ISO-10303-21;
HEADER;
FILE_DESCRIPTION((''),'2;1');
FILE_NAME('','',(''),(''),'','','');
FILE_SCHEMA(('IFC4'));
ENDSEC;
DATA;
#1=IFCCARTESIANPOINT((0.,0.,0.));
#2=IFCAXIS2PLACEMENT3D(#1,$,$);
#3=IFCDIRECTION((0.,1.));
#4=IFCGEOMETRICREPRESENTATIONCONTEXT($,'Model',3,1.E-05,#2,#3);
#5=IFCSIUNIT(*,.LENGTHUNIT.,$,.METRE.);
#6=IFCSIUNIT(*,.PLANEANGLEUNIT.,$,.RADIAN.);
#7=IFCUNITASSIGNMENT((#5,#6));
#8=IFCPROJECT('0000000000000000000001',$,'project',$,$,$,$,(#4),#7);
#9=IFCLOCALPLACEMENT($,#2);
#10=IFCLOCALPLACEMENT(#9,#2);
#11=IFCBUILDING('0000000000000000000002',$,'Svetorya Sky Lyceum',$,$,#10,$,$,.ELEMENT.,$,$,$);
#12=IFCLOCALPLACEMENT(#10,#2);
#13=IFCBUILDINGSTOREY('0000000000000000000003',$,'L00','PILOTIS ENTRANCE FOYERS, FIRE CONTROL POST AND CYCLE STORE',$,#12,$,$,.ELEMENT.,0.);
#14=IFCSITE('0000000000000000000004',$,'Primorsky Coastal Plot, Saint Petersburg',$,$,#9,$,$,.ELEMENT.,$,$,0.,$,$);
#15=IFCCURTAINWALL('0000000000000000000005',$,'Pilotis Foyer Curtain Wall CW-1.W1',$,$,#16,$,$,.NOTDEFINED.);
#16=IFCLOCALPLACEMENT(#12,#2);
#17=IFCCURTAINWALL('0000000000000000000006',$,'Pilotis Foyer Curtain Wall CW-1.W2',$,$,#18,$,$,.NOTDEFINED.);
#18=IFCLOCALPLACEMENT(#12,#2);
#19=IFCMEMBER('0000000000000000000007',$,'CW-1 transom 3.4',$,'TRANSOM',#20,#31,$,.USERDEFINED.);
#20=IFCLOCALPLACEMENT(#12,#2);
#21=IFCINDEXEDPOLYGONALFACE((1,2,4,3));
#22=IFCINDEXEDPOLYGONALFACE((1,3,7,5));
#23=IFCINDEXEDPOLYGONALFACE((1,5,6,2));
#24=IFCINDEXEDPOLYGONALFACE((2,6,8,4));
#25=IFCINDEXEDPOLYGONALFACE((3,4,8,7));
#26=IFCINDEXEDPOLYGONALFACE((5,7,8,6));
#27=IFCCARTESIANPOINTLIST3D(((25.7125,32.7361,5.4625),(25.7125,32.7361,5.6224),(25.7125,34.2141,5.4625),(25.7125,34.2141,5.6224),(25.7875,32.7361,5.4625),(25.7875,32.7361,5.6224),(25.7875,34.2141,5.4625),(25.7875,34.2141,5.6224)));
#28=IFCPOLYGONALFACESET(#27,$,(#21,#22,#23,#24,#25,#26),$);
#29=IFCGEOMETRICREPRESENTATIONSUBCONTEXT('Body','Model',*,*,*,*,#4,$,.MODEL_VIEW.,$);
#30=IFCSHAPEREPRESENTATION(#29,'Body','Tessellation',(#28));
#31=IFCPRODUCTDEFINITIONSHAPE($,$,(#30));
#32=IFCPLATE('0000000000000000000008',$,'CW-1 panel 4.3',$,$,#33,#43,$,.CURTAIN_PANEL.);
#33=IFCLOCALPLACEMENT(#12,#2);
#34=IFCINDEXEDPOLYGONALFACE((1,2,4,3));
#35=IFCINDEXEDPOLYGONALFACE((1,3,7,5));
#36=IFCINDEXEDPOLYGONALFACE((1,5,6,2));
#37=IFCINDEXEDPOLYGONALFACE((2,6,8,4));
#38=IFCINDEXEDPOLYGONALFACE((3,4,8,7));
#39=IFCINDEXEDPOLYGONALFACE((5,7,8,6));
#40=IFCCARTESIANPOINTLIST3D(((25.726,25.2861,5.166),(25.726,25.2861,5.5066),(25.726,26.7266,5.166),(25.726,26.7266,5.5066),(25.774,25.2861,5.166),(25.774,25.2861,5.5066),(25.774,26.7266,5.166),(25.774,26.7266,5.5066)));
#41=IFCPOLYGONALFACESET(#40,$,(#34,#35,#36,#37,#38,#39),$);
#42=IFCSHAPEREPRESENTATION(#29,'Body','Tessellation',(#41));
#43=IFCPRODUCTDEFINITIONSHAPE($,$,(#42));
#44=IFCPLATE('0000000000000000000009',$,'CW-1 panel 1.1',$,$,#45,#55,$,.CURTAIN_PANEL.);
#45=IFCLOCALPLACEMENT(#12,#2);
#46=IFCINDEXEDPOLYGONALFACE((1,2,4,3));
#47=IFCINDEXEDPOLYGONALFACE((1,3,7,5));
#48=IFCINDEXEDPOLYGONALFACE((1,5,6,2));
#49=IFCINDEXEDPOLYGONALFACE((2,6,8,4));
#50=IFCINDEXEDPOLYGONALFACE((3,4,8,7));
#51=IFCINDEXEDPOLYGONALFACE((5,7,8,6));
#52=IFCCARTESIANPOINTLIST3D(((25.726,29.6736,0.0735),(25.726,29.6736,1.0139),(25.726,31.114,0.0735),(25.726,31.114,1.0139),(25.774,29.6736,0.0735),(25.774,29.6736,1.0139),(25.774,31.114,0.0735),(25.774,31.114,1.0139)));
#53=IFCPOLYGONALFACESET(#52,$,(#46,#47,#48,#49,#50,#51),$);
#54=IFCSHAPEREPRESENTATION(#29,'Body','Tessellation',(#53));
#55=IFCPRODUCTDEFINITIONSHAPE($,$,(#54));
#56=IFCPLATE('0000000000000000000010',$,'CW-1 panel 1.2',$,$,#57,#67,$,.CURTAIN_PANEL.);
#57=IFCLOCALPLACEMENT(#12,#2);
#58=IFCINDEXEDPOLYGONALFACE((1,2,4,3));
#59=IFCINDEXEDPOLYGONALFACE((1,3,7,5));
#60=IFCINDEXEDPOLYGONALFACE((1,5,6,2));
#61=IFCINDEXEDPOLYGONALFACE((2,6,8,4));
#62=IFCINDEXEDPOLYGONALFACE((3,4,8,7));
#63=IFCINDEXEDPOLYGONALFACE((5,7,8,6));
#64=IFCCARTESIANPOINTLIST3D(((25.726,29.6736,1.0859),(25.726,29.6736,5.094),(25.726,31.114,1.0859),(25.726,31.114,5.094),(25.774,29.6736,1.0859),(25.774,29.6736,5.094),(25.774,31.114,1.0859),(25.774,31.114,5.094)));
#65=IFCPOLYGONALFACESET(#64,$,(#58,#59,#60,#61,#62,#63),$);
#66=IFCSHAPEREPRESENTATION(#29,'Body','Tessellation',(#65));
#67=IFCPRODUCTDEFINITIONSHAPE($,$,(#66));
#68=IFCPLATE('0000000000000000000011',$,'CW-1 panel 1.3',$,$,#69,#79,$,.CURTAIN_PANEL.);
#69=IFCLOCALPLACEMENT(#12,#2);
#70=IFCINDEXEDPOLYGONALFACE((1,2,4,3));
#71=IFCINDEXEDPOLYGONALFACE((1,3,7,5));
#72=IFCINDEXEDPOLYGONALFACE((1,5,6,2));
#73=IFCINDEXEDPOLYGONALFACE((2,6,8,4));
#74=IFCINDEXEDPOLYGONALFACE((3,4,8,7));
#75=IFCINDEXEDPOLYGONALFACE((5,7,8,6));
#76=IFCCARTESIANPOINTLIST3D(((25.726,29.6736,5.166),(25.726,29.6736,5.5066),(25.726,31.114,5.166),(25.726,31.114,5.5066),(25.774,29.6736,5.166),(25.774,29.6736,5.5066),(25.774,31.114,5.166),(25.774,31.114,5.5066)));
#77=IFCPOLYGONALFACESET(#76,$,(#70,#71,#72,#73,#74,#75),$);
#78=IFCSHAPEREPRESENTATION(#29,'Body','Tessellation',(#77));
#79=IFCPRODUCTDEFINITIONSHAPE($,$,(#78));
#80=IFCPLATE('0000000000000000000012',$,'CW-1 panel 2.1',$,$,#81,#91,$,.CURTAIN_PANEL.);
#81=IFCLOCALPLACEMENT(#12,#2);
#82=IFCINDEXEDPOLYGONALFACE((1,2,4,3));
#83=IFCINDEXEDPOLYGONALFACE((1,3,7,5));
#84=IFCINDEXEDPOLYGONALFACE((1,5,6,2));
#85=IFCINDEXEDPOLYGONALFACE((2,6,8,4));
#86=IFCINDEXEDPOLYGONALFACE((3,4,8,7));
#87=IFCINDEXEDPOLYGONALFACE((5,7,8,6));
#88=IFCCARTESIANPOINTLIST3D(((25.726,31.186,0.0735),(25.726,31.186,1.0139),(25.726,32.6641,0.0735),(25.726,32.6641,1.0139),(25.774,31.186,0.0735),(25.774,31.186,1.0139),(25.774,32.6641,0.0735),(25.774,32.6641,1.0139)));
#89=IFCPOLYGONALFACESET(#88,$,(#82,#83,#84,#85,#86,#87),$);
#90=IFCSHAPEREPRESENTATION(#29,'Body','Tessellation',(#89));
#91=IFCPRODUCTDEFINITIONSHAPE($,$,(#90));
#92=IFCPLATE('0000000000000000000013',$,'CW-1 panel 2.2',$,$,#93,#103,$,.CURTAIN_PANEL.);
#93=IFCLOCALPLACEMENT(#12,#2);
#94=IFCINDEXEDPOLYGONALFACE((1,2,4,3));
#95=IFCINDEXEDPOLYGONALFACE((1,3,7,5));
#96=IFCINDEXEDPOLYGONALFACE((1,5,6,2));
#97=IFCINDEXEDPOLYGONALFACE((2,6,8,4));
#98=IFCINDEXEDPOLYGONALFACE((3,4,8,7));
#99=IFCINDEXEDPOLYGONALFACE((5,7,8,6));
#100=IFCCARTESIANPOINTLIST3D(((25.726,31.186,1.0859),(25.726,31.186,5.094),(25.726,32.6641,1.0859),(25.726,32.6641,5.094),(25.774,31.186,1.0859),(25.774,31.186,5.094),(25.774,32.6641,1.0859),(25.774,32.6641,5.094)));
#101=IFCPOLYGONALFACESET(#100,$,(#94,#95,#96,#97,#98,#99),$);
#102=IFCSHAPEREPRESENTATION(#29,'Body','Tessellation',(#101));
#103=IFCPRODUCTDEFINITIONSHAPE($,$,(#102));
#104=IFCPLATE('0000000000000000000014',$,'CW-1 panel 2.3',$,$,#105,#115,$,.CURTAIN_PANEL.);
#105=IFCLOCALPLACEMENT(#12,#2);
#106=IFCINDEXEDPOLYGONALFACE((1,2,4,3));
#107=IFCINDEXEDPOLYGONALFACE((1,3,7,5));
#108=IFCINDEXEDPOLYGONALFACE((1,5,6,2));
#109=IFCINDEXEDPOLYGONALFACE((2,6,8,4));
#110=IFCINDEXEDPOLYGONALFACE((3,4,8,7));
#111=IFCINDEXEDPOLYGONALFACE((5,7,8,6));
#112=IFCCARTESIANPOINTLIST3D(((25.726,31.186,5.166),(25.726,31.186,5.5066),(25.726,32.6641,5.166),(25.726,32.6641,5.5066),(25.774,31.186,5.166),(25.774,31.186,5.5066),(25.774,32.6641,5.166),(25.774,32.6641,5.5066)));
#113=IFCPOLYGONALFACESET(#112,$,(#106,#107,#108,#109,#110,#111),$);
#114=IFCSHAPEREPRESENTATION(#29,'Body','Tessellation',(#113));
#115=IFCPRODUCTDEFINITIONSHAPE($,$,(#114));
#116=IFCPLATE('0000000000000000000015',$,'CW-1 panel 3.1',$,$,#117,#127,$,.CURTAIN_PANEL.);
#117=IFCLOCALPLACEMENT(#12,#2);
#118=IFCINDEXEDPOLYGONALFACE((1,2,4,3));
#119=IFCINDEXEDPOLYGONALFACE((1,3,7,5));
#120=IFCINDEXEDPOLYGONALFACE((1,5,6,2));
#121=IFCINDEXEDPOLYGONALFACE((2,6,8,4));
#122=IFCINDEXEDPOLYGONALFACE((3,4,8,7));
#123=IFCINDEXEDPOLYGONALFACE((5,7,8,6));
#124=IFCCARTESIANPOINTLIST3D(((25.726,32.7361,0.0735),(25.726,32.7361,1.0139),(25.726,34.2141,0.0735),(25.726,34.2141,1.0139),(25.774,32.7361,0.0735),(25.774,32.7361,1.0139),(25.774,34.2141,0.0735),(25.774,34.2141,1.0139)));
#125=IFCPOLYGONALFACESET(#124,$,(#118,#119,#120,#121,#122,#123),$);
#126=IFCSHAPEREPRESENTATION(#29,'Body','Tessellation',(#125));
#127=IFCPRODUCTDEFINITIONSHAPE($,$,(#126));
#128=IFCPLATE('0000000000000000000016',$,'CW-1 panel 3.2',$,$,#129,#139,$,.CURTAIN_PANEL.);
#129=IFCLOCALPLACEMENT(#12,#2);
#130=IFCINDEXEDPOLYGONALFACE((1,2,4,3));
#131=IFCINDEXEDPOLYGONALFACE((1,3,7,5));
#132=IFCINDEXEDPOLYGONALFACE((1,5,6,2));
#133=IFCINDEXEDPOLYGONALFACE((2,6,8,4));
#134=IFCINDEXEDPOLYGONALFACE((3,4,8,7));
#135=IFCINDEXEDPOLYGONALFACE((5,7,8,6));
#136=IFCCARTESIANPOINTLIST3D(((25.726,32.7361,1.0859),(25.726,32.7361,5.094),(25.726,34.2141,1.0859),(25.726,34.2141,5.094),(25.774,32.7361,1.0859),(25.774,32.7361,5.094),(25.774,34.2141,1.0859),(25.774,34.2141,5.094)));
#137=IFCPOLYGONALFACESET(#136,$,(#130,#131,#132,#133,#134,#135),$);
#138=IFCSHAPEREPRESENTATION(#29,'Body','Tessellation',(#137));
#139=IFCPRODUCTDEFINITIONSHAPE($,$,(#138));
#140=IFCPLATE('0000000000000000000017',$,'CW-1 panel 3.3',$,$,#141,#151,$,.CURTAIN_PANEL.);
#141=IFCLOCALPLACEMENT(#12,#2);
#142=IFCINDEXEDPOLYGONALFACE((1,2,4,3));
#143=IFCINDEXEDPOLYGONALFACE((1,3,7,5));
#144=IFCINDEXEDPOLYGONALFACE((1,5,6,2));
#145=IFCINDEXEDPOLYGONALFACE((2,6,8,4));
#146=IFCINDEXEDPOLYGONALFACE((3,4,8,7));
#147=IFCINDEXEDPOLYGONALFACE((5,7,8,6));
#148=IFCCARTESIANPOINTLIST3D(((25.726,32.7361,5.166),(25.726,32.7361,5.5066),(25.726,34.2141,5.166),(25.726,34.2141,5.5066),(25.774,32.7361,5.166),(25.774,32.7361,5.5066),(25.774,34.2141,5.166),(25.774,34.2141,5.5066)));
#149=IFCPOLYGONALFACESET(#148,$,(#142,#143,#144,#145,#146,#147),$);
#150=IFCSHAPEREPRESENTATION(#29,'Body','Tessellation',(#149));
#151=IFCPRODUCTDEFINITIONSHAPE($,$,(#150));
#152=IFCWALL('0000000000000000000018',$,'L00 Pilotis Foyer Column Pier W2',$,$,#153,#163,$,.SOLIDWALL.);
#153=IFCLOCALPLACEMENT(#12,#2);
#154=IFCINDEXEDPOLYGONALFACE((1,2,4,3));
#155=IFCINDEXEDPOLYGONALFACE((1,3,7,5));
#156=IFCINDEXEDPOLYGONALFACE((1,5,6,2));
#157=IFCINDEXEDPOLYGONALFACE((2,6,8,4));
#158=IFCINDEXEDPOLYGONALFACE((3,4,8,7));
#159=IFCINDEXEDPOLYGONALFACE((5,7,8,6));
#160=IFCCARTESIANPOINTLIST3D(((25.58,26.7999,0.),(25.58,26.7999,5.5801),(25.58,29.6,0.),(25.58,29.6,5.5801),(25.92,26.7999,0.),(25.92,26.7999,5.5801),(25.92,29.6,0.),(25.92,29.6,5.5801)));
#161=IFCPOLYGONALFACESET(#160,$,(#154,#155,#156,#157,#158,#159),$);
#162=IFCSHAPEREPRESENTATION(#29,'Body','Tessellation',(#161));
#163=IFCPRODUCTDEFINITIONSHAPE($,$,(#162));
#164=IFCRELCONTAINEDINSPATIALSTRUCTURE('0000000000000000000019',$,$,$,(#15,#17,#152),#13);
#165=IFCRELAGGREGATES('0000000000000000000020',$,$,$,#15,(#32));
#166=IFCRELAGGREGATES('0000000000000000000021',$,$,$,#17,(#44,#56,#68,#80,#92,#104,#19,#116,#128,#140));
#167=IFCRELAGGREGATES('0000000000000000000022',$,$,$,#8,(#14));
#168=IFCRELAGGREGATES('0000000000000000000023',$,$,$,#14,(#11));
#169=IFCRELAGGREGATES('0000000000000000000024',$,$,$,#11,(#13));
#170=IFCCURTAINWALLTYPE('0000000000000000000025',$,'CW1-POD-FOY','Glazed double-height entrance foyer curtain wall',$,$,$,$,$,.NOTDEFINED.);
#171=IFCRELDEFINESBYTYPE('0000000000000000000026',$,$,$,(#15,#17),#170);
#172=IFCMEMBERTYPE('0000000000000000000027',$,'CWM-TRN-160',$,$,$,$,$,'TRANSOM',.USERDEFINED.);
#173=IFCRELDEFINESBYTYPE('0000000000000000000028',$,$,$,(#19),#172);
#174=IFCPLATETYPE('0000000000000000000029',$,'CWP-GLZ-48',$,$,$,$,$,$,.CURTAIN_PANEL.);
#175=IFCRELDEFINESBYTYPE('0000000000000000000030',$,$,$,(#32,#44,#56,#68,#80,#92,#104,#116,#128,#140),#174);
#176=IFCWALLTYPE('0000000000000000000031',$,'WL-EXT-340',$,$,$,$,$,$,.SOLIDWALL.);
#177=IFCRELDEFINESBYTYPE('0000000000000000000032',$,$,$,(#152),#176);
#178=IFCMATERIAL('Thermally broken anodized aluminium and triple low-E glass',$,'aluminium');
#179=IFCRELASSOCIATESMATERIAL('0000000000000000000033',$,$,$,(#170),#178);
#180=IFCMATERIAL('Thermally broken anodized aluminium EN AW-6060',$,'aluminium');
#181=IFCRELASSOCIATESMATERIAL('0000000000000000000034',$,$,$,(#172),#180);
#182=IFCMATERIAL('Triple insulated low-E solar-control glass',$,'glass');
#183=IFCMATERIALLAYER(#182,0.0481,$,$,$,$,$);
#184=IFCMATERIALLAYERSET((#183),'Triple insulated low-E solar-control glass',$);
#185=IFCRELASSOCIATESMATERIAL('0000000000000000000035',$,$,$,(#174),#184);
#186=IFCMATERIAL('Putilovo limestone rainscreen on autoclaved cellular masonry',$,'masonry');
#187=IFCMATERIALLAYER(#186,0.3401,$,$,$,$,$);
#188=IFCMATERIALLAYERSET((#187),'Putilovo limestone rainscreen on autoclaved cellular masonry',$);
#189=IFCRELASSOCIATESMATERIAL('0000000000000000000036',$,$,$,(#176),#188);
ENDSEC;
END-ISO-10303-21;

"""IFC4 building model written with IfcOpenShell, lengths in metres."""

from ifc_helpers import new_model, si_unit, direction, frame, frame_2d, origin, origin_2d, place, context, subcontext, project, spatial, rectangle, extrude, material, layer, layer_set, material_profile, profile_set, type_object, element, aggregate, save


model = new_model("IFC4")

# Units and contexts
model_context = context("Model", 3, precision=1e-05, world=origin(), true_north=direction((0.0, 1.0)))
body_context = subcontext(model_context, "Body", "Model", "MODEL_VIEW")
ifc_project = project(units=[si_unit("LENGTHUNIT", "METRE"), si_unit("PLANEANGLEUNIT", "RADIAN")], contexts=[model_context])

# Site, building, storey
site_placement = place(None, origin())
site = spatial("IfcSite", under=ifc_project, at=site_placement, Name="Primorsky Coastal Plot, Saint Petersburg", CompositionType="ELEMENT", RefElevation=0.0)
building_placement = place(site_placement, origin())
building = spatial("IfcBuilding", under=site, at=building_placement, Name="Svetorya Sky Lyceum", CompositionType="ELEMENT")
storey_placement = place(building_placement, origin())
storey = spatial("IfcBuildingStorey", under=building, at=storey_placement, Name="L00", Description="PILOTIS ENTRANCE FOYERS, FIRE CONTROL POST AND CYCLE STORE", CompositionType="ELEMENT", Elevation=0.0)

# Curtain wall
ifc_material_1 = material(Name="Thermally broken anodized aluminium and triple low-E glass", Category="aluminium")
curtain_wall_type = type_object("IfcCurtainWallType", Name="CW1-POD-FOY", Description="Glazed double-height entrance foyer curtain wall", PredefinedType="NOTDEFINED", material=ifc_material_1)
curtain_wall_1_placement = place(storey_placement, origin())
curtain_wall_1 = element("IfcCurtainWall", 1, at=curtain_wall_1_placement, inside=storey, type_object=curtain_wall_type, Name="Pilotis Foyer Curtain Wall CW-1.W1", PredefinedType="NOTDEFINED")
ifc_material_2 = material(Name="Thermally broken anodized aluminium EN AW-6060", Category="aluminium")

# Curtain wall, member
curtain_wall_2_placement = place(storey_placement, origin())
curtain_wall_2 = element("IfcCurtainWall", 2, at=curtain_wall_2_placement, inside=storey, type_object=curtain_wall_type, Name="Pilotis Foyer Curtain Wall CW-1.W2", PredefinedType="NOTDEFINED")
ifc_material_profile_1 = material_profile(ifc_material_2, rectangle(XDim=0.075, YDim=0.1599, at=origin_2d()), Name="ALU TRANSOM 75x160")
ifc_profile_set_1 = profile_set([ifc_material_profile_1], Name="Thermally broken anodized aluminium EN AW-6060")
member_type_1 = type_object("IfcMemberType", Name="CWM-TRN-160", ElementType="TRANSOM", PredefinedType="USERDEFINED", material=ifc_profile_set_1)
member_1_placement = place(storey_placement, frame((25.75, 32.7361, 5.5425), z_axis=(0.0, 1.0, 0.0), x_axis=(-1.0, 0.0, 0.0)))
member_1 = element("IfcMember", 3, at=member_1_placement, type_object=member_type_1, Name="CW-1 transom 3.4", ObjectType="TRANSOM", PredefinedType="USERDEFINED", context=body_context, shape_type="SweptSolid", body=[
    extrude(rectangle(XDim=0.075, YDim=0.1599, at=origin_2d()), origin(), (0.0, 0.0, 1.0), 1.478),
])

# Plates
ifc_material_3 = material(Name="Triple insulated low-E solar-control glass", Category="glass")
ifc_layer_1 = layer(ifc_material_3, 0.0481)
ifc_layer_set_1 = layer_set([ifc_layer_1], Name="Triple insulated low-E solar-control glass")
plate_type = type_object("IfcPlateType", Name="CWP-GLZ-48", PredefinedType="CURTAIN_PANEL", material=ifc_layer_set_1)
plate_1_placement = place(storey_placement, frame((25.75, 26.0063, 5.166), z_axis=(0.0, 0.0, 1.0), x_axis=(0.0, 1.0, 0.0)))
plate_1 = element("IfcPlate", 4, at=plate_1_placement, type_object=plate_type, Name="CW-1 panel 4.3", PredefinedType="CURTAIN_PANEL", context=body_context, shape_type="SweptSolid", body=[
    extrude(rectangle(XDim=1.4404, YDim=0.0481, at=origin_2d()), origin(), (0.0, 0.0, 1.0), 0.3406),
])
aggregate(curtain_wall_1, [plate_1])
plate_2_placement = place(storey_placement, frame((25.75, 30.3938, 0.0735), z_axis=(0.0, 0.0, 1.0), x_axis=(0.0, 1.0, 0.0)))
plate_2 = element("IfcPlate", 5, at=plate_2_placement, type_object=plate_type, Name="CW-1 panel 1.1", PredefinedType="CURTAIN_PANEL", context=body_context, shape_type="SweptSolid", body=[
    extrude(rectangle(XDim=1.4404, YDim=0.0481, at=origin_2d()), origin(), (0.0, 0.0, 1.0), 0.9404),
])
plate_3_placement = place(storey_placement, frame((25.75, 30.3938, 1.0859), z_axis=(0.0, 0.0, 1.0), x_axis=(0.0, 1.0, 0.0)))
plate_3 = element("IfcPlate", 6, at=plate_3_placement, type_object=plate_type, Name="CW-1 panel 1.2", PredefinedType="CURTAIN_PANEL", context=body_context, shape_type="SweptSolid", body=[
    extrude(rectangle(XDim=1.4404, YDim=0.0481, at=origin_2d()), origin(), (0.0, 0.0, 1.0), 4.0081),
])
plate_4_placement = place(storey_placement, frame((25.75, 30.3938, 5.166), z_axis=(0.0, 0.0, 1.0), x_axis=(0.0, 1.0, 0.0)))
plate_4 = element("IfcPlate", 7, at=plate_4_placement, type_object=plate_type, Name="CW-1 panel 1.3", PredefinedType="CURTAIN_PANEL", context=body_context, shape_type="SweptSolid", body=[
    extrude(rectangle(XDim=1.4404, YDim=0.0481, at=origin_2d()), origin(), (0.0, 0.0, 1.0), 0.3406),
])
plate_5_placement = place(storey_placement, frame((25.75, 31.925, 0.0735), z_axis=(0.0, 0.0, 1.0), x_axis=(0.0, 1.0, 0.0)))
plate_5 = element("IfcPlate", 8, at=plate_5_placement, type_object=plate_type, Name="CW-1 panel 2.1", PredefinedType="CURTAIN_PANEL", context=body_context, shape_type="SweptSolid", body=[
    extrude(rectangle(XDim=1.478, YDim=0.0481, at=origin_2d()), origin(), (0.0, 0.0, 1.0), 0.9404),
])
plate_6_placement = place(storey_placement, frame((25.75, 31.925, 1.0859), z_axis=(0.0, 0.0, 1.0), x_axis=(0.0, 1.0, 0.0)))
plate_6 = element("IfcPlate", 9, at=plate_6_placement, type_object=plate_type, Name="CW-1 panel 2.2", PredefinedType="CURTAIN_PANEL", context=body_context, shape_type="SweptSolid", body=[
    extrude(rectangle(XDim=1.478, YDim=0.0481, at=origin_2d()), origin(), (0.0, 0.0, 1.0), 4.0081),
])
plate_7_placement = place(storey_placement, frame((25.75, 31.925, 5.166), z_axis=(0.0, 0.0, 1.0), x_axis=(0.0, 1.0, 0.0)))
plate_7 = element("IfcPlate", 10, at=plate_7_placement, type_object=plate_type, Name="CW-1 panel 2.3", PredefinedType="CURTAIN_PANEL", context=body_context, shape_type="SweptSolid", body=[
    extrude(rectangle(XDim=1.478, YDim=0.0481, at=origin_2d()), origin(), (0.0, 0.0, 1.0), 0.3406),
])
plate_8_placement = place(storey_placement, frame((25.75, 33.4751, 0.0735), z_axis=(0.0, 0.0, 1.0), x_axis=(0.0, 1.0, 0.0)))
plate_8 = element("IfcPlate", 11, at=plate_8_placement, type_object=plate_type, Name="CW-1 panel 3.1", PredefinedType="CURTAIN_PANEL", context=body_context, shape_type="SweptSolid", body=[
    extrude(rectangle(XDim=1.478, YDim=0.0481, at=origin_2d()), origin(), (0.0, 0.0, 1.0), 0.9404),
])
plate_9_placement = place(storey_placement, frame((25.75, 33.4751, 1.0859), z_axis=(0.0, 0.0, 1.0), x_axis=(0.0, 1.0, 0.0)))
plate_9 = element("IfcPlate", 12, at=plate_9_placement, type_object=plate_type, Name="CW-1 panel 3.2", PredefinedType="CURTAIN_PANEL", context=body_context, shape_type="SweptSolid", body=[
    extrude(rectangle(XDim=1.478, YDim=0.0481, at=origin_2d()), origin(), (0.0, 0.0, 1.0), 4.0081),
])
plate_10_placement = place(storey_placement, frame((25.75, 33.4751, 5.166), z_axis=(0.0, 0.0, 1.0), x_axis=(0.0, 1.0, 0.0)))
plate_10 = element("IfcPlate", 13, at=plate_10_placement, type_object=plate_type, Name="CW-1 panel 3.3", PredefinedType="CURTAIN_PANEL", context=body_context, shape_type="SweptSolid", body=[
    extrude(rectangle(XDim=1.478, YDim=0.0481, at=origin_2d()), origin(), (0.0, 0.0, 1.0), 0.3406),
])
aggregate(curtain_wall_2, [plate_2, plate_3, plate_4, plate_5, plate_6, plate_7, member_1, plate_8, plate_9, plate_10])

# Wall
ifc_material_4 = material(Name="Putilovo limestone rainscreen on autoclaved cellular masonry", Category="masonry")
ifc_layer_2 = layer(ifc_material_4, 0.3401)
ifc_layer_set_2 = layer_set([ifc_layer_2], Name="Putilovo limestone rainscreen on autoclaved cellular masonry")
wall_type = type_object("IfcWallType", Name="WL-EXT-340", PredefinedType="SOLIDWALL", material=ifc_layer_set_2)
wall_placement = place(storey_placement, frame((25.75, 26.8, 0.0), z_axis=(0.0, 0.0, 1.0), x_axis=(0.0, 1.0, 0.0)))
element("IfcWall", 14, at=wall_placement, inside=storey, type_object=wall_type, Name="L00 Pilotis Foyer Column Pier W2", PredefinedType="SOLIDWALL", context=body_context, shape_type="SweptSolid", body=[
    extrude(rectangle(XDim=2.8, YDim=0.3401, at=frame_2d((1.3999, 0.0))), origin(), (0.0, 0.0, 1.0), 5.5801),
])

save(model, "model.ifc")
